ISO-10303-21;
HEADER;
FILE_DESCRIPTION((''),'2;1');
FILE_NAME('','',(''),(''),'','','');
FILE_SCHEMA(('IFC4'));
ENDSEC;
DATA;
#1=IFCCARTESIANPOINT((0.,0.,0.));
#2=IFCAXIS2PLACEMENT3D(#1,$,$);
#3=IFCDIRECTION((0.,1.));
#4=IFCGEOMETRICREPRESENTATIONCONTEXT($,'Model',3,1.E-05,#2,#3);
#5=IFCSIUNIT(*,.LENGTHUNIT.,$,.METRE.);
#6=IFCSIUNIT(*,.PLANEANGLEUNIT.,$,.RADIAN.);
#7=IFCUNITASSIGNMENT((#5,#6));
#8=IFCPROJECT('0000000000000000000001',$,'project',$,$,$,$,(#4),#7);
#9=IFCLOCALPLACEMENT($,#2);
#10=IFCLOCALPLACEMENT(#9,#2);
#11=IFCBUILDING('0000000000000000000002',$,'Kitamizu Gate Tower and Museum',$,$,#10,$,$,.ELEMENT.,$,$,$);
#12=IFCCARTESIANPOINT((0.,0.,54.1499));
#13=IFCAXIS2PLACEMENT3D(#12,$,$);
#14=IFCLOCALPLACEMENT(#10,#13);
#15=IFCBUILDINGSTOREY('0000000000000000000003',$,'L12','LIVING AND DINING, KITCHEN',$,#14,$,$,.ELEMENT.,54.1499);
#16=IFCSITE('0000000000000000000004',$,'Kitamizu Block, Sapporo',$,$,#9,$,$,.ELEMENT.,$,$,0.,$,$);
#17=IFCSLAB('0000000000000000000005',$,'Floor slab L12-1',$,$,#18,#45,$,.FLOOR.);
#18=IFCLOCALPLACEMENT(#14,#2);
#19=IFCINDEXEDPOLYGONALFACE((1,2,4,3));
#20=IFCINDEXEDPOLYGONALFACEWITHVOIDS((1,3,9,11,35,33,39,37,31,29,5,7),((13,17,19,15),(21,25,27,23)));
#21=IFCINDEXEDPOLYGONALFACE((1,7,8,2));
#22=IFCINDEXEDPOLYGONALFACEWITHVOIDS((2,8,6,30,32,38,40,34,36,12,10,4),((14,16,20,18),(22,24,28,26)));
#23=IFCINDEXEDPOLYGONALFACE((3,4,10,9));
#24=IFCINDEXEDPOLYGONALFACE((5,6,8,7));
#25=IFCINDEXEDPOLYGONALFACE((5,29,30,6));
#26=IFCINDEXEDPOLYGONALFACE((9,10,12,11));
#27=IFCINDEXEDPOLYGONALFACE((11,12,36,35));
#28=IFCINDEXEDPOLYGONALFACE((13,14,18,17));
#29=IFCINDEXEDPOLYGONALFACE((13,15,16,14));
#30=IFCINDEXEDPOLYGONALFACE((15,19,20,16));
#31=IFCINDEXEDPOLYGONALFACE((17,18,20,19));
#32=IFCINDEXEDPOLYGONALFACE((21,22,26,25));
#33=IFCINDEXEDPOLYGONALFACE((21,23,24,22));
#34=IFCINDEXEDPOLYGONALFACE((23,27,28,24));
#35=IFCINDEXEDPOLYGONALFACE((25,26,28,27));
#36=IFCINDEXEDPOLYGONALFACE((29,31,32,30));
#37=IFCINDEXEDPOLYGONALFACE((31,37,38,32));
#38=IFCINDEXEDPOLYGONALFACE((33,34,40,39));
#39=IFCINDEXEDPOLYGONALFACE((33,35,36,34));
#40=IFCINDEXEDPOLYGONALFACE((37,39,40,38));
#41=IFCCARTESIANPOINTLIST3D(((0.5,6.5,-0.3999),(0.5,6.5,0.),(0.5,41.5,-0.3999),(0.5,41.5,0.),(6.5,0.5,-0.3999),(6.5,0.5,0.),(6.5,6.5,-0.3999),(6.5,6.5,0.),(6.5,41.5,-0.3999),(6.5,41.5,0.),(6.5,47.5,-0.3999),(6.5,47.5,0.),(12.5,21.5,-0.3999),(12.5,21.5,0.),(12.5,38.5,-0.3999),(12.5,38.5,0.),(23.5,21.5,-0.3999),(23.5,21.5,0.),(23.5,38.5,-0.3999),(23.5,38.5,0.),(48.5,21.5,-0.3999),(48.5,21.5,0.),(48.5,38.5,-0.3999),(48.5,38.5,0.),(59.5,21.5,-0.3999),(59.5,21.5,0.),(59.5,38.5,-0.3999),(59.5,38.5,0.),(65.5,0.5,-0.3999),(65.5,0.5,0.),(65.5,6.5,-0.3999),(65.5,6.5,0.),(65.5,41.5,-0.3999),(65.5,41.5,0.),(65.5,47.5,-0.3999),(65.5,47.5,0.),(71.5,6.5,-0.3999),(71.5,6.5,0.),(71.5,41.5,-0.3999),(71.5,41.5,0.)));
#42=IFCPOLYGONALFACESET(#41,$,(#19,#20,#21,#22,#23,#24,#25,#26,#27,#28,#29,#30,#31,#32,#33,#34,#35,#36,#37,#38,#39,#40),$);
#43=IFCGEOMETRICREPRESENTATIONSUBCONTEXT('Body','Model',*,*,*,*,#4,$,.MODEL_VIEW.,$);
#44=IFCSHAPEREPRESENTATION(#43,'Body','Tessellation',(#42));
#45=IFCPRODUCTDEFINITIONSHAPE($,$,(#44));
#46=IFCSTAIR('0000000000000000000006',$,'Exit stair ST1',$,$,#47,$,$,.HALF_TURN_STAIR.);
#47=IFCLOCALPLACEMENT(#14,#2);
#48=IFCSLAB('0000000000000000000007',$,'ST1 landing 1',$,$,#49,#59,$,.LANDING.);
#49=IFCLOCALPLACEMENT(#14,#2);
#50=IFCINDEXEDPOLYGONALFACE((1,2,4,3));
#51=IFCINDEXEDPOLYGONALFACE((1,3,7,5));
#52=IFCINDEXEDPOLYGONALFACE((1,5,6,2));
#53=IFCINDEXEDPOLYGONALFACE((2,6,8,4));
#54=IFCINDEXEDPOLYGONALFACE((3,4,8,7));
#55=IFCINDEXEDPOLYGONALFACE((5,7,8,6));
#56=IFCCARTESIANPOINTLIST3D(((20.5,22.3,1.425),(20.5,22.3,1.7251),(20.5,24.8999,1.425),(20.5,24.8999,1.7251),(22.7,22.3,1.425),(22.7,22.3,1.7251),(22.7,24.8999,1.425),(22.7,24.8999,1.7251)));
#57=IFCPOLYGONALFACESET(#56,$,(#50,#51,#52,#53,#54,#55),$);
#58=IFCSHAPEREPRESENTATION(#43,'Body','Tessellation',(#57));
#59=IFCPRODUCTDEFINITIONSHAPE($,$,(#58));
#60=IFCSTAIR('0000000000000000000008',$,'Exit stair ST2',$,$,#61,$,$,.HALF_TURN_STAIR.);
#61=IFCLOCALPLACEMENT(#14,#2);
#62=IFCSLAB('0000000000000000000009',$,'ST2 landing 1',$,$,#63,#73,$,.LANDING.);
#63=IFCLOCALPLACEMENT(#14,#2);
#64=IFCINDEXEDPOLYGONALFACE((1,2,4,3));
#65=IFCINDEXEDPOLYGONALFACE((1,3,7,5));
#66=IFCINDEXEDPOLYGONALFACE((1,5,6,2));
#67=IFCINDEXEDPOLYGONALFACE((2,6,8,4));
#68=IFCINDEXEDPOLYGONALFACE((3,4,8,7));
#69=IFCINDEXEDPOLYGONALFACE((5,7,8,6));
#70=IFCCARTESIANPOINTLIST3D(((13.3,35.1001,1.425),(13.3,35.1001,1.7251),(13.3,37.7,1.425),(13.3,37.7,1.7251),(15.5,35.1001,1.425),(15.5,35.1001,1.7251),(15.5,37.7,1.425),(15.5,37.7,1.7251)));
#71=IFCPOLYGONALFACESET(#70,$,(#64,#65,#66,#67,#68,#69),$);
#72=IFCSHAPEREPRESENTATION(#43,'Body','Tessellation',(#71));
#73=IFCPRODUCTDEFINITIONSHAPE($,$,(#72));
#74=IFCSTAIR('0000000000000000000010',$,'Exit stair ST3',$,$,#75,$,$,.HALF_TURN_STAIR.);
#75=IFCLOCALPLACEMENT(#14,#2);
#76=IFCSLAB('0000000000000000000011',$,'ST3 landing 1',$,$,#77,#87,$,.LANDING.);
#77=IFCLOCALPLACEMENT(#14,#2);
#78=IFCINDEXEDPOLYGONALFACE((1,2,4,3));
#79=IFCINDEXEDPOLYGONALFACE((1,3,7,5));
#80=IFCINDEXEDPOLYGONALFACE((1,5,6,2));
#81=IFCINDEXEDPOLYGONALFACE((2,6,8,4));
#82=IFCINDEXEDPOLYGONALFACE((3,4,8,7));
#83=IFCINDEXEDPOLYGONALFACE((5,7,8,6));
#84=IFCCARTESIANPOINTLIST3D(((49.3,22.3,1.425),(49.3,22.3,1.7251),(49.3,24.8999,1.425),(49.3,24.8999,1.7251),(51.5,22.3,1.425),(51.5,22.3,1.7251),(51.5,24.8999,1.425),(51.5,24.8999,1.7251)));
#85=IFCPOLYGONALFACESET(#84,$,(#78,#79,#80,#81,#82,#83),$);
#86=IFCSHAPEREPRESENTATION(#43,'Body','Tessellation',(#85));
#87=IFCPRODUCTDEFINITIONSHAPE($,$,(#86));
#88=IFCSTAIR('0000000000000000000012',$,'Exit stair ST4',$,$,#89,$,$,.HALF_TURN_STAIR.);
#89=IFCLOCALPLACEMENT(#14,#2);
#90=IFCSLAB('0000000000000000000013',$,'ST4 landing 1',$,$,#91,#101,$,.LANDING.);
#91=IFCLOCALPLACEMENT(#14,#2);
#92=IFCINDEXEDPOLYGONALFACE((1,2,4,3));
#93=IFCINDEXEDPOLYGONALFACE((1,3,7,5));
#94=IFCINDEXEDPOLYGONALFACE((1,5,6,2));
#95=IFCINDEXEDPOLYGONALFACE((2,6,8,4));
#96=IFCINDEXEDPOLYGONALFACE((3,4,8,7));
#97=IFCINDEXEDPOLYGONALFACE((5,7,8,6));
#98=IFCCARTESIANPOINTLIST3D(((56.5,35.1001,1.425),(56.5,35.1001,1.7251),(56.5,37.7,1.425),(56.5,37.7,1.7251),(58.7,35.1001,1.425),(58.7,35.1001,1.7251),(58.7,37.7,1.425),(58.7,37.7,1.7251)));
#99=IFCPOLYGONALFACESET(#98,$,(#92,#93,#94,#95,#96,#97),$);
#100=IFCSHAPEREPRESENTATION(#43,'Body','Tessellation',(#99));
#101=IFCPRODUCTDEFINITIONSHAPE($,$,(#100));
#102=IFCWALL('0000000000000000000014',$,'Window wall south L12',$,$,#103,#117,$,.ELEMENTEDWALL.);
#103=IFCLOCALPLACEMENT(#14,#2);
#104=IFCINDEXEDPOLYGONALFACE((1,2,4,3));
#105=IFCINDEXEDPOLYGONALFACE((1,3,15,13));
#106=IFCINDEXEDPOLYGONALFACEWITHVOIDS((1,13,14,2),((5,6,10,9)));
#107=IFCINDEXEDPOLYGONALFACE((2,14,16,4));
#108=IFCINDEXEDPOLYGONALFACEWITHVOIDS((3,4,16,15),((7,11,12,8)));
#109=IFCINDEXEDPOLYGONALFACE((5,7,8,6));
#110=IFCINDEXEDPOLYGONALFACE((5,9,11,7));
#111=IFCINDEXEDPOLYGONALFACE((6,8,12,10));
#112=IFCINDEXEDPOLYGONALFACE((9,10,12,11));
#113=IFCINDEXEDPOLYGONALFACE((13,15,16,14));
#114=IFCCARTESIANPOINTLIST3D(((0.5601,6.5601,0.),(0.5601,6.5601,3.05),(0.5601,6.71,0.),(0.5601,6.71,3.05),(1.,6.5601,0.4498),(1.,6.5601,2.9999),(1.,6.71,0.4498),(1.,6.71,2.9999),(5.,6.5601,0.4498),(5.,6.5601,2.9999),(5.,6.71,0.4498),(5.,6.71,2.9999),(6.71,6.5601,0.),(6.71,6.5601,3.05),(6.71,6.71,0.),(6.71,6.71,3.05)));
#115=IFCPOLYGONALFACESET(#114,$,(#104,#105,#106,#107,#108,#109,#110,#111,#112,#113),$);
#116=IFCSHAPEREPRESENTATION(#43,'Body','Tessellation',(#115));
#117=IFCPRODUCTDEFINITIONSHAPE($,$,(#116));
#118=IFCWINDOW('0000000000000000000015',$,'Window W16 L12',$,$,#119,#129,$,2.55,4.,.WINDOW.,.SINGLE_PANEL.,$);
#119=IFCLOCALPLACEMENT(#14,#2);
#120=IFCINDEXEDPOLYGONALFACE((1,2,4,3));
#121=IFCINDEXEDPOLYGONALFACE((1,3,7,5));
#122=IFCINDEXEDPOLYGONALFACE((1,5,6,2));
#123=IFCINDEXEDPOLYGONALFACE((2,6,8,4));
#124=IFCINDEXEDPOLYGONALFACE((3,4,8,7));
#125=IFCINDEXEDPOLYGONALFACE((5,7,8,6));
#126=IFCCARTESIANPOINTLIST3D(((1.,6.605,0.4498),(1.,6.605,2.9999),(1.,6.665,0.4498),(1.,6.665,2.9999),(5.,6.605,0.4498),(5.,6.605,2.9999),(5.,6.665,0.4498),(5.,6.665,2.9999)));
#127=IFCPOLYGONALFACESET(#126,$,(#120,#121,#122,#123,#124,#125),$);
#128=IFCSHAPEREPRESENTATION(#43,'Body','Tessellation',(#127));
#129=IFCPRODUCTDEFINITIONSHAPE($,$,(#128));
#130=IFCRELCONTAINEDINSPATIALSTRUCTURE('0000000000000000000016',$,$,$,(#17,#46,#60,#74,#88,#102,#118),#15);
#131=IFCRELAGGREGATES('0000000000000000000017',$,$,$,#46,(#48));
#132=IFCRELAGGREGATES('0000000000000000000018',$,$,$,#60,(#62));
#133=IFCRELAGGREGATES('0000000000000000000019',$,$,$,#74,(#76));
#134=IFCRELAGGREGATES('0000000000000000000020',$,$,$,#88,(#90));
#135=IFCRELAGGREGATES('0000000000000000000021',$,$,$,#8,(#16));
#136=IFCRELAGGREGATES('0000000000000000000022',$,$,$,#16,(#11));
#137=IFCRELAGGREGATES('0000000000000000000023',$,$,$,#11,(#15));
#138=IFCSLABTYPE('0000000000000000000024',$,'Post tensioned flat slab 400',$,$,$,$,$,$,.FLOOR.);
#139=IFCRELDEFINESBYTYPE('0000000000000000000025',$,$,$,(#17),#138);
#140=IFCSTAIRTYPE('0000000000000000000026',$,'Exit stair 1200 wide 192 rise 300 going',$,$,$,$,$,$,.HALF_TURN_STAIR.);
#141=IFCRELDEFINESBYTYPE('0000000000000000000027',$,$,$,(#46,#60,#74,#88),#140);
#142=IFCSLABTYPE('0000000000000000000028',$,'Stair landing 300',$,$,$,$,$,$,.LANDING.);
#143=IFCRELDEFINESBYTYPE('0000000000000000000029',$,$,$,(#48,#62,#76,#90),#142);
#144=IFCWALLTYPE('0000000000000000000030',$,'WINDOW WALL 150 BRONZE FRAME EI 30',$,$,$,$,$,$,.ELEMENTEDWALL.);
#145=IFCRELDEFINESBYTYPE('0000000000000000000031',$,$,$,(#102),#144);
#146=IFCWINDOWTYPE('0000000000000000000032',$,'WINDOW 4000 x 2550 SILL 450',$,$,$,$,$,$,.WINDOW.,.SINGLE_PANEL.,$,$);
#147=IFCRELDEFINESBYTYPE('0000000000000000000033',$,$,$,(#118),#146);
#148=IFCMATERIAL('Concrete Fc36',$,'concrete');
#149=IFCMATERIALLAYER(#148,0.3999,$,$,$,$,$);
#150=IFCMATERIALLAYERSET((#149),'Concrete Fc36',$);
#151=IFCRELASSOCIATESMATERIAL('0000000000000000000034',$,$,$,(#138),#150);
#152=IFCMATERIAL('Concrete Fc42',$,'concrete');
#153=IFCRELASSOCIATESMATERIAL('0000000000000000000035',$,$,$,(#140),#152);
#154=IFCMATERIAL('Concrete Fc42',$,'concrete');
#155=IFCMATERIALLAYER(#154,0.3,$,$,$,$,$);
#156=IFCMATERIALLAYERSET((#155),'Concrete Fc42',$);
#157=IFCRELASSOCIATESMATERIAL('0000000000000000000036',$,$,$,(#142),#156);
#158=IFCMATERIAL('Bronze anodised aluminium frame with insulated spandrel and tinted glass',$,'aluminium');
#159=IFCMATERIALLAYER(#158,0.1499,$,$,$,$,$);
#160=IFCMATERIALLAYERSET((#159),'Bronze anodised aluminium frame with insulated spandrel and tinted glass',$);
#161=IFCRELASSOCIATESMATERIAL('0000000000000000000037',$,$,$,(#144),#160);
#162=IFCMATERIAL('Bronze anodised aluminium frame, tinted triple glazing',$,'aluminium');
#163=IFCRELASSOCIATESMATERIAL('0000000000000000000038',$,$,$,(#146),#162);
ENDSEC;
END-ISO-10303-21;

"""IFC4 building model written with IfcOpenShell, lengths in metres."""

from ifc_helpers import new_model, si_unit, direction, frame, frame_2d, origin, place, context, subcontext, project, spatial, polyline, rectangle, outline, extrude, material, layer, layer_set, type_object, element, fill, aggregate, save


model = new_model("IFC4")

# Units and contexts
model_context = context("Model", 3, precision=1e-05, world=origin(), true_north=direction((0.0, 1.0)))
body_context = subcontext(model_context, "Body", "Model", "MODEL_VIEW")
ifc_project = project(units=[si_unit("LENGTHUNIT", "METRE"), si_unit("PLANEANGLEUNIT", "RADIAN")], contexts=[model_context])

# Site, building, storey
site_placement = place(None, origin())
site = spatial("IfcSite", under=ifc_project, at=site_placement, Name="Kitamizu Block, Sapporo", CompositionType="ELEMENT", RefElevation=0.0)
building_placement = place(site_placement, origin())
building = spatial("IfcBuilding", under=site, at=building_placement, Name="Kitamizu Gate Tower and Museum", CompositionType="ELEMENT")
storey_placement = place(building_placement, frame((0.0, 0.0, 54.1499)))
storey = spatial("IfcBuildingStorey", under=building, at=storey_placement, Name="L12", Description="LIVING AND DINING, KITCHEN", CompositionType="ELEMENT", Elevation=54.1499)

# Slab
ifc_material_1 = material(Name="Concrete Fc36", Category="concrete")
ifc_layer_1 = layer(ifc_material_1, 0.3999)
ifc_layer_set_1 = layer_set([ifc_layer_1], Name="Concrete Fc36")
slab_type_1 = type_object("IfcSlabType", Name="Post tensioned flat slab 400", PredefinedType="FLOOR", material=ifc_layer_set_1)
slab_1_placement = place(storey_placement, frame((0.0, 0.0, -0.3999)))
element("IfcSlab", 1, at=slab_1_placement, inside=storey, type_object=slab_type_1, Name="Floor slab L12-1", PredefinedType="FLOOR", context=body_context, shape_type="SweptSolid", body=[
    extrude(outline(polyline([(0.5, 6.5), (0.5, 41.5), (6.5, 41.5), (6.5, 47.5), (65.5, 47.5), (65.5, 41.5), (71.5, 41.5), (71.5, 6.5), (65.5, 6.5), (65.5, 0.5), (6.5, 0.5), (6.5, 6.5), (0.5, 6.5)]), holes=[polyline([(59.5, 38.5), (48.5, 38.5), (48.5, 21.5), (59.5, 21.5), (59.5, 38.5)]), polyline([(12.5, 38.5), (12.5, 21.5), (23.5, 21.5), (23.5, 38.5), (12.5, 38.5)])]), origin(), (0.0, 0.0, 1.0), 0.3999),
])

# Stairs, slabs
ifc_material_2 = material(Name="Concrete Fc42", Category="concrete")
stair_type = type_object("IfcStairType", Name="Exit stair 1200 wide 192 rise 300 going", PredefinedType="HALF_TURN_STAIR", material=ifc_material_2)
stair_1_placement = place(storey_placement, origin())
stair_1 = element("IfcStair", 2, at=stair_1_placement, inside=storey, type_object=stair_type, Name="Exit stair ST1", PredefinedType="HALF_TURN_STAIR")
ifc_material_3 = material(Name="Concrete Fc42", Category="concrete")
ifc_layer_2 = layer(ifc_material_3, 0.3)
ifc_layer_set_2 = layer_set([ifc_layer_2], Name="Concrete Fc42")
slab_type_2 = type_object("IfcSlabType", Name="Stair landing 300", PredefinedType="LANDING", material=ifc_layer_set_2)
slab_2_placement = place(storey_placement, frame((0.0, 0.0, 1.425)))
slab_2 = element("IfcSlab", 3, at=slab_2_placement, type_object=slab_type_2, Name="ST1 landing 1", PredefinedType="LANDING", context=body_context, shape_type="SweptSolid", body=[
    extrude(outline(polyline([(20.5, 22.3), (22.7, 22.3), (22.7, 24.8999), (20.5, 24.8999), (20.5, 22.3)])), origin(), (0.0, 0.0, 1.0), 0.3),
])
aggregate(stair_1, [slab_2])
stair_2_placement = place(storey_placement, origin())
stair_2 = element("IfcStair", 4, at=stair_2_placement, inside=storey, type_object=stair_type, Name="Exit stair ST2", PredefinedType="HALF_TURN_STAIR")
slab_3_placement = place(storey_placement, frame((0.0, 0.0, 1.425)))
slab_3 = element("IfcSlab", 5, at=slab_3_placement, type_object=slab_type_2, Name="ST2 landing 1", PredefinedType="LANDING", context=body_context, shape_type="SweptSolid", body=[
    extrude(outline(polyline([(13.3, 35.1001), (15.5, 35.1001), (15.5, 37.7), (13.3, 37.7), (13.3, 35.1001)])), origin(), (0.0, 0.0, 1.0), 0.3),
])
aggregate(stair_2, [slab_3])
stair_3_placement = place(storey_placement, origin())
stair_3 = element("IfcStair", 6, at=stair_3_placement, inside=storey, type_object=stair_type, Name="Exit stair ST3", PredefinedType="HALF_TURN_STAIR")
slab_4_placement = place(storey_placement, frame((0.0, 0.0, 1.425)))
slab_4 = element("IfcSlab", 7, at=slab_4_placement, type_object=slab_type_2, Name="ST3 landing 1", PredefinedType="LANDING", context=body_context, shape_type="SweptSolid", body=[
    extrude(outline(polyline([(49.3, 22.3), (51.5, 22.3), (51.5, 24.8999), (49.3, 24.8999), (49.3, 22.3)])), origin(), (0.0, 0.0, 1.0), 0.3),
])
aggregate(stair_3, [slab_4])
stair_4_placement = place(storey_placement, origin())
stair_4 = element("IfcStair", 8, at=stair_4_placement, inside=storey, type_object=stair_type, Name="Exit stair ST4", PredefinedType="HALF_TURN_STAIR")
slab_5_placement = place(storey_placement, frame((0.0, 0.0, 1.425)))
slab_5 = element("IfcSlab", 9, at=slab_5_placement, type_object=slab_type_2, Name="ST4 landing 1", PredefinedType="LANDING", context=body_context, shape_type="SweptSolid", body=[
    extrude(outline(polyline([(56.5, 35.1001), (58.7, 35.1001), (58.7, 37.7), (56.5, 37.7), (56.5, 35.1001)])), origin(), (0.0, 0.0, 1.0), 0.3),
])
aggregate(stair_4, [slab_5])

# Shared definitions
ifc_material_4 = material(Name="Bronze anodised aluminium frame with insulated spandrel and tinted glass", Category="aluminium")
ifc_layer_3 = layer(ifc_material_4, 0.1499)
ifc_layer_set_3 = layer_set([ifc_layer_3], Name="Bronze anodised aluminium frame with insulated spandrel and tinted glass")
wall_type = type_object("IfcWallType", Name="WINDOW WALL 150 BRONZE FRAME EI 30", PredefinedType="ELEMENTEDWALL", material=ifc_layer_set_3)

# Wall, opening, window
wall_1_placement = place(storey_placement, frame((0.5601, 6.635, 0.0), z_axis=(0.0, 0.0, 1.0), x_axis=(1.0, 0.0, 0.0)))
wall_1 = element("IfcWall", 10, at=wall_1_placement, inside=storey, type_object=wall_type, Name="Window wall south L12", PredefinedType="ELEMENTEDWALL", context=body_context, shape_type="SweptSolid", body=[
    extrude(rectangle(XDim=6.1499, YDim=0.1499, at=frame_2d((3.075, 0.0))), origin(), (0.0, 0.0, 1.0), 3.05),
])
opening_1_placement = place(wall_1_placement, frame((0.4399, 0.0, 0.45)))
opening_1 = element("IfcOpeningElement", 11, at=opening_1_placement, cuts=wall_1, PredefinedType="OPENING", context=body_context, shape_type="SweptSolid", body=[
    extrude(rectangle(XDim=4.0, YDim=2.55, at=frame_2d((2.0, 1.2749))), frame((0.0, 0.085, 0.0), z_axis=(0.0, -1.0, 0.0), x_axis=(1.0, 0.0, 0.0)), (0.0, 0.0, 1.0), 0.1699),
])
ifc_material_5 = material(Name="Bronze anodised aluminium frame, tinted triple glazing", Category="aluminium")
window_type_1 = type_object("IfcWindowType", Name="WINDOW 4000 x 2550 SILL 450", PartitioningType="SINGLE_PANEL", PredefinedType="WINDOW", material=ifc_material_5)
window_1_placement = place(opening_1_placement, origin())
window_1 = element("IfcWindow", 12, at=window_1_placement, inside=storey, type_object=window_type_1, Name="Window W16 L12", OverallHeight=2.55, OverallWidth=4.0, PartitioningType="SINGLE_PANEL", PredefinedType="WINDOW", context=body_context, shape_type="SweptSolid", body=[
    extrude(rectangle(XDim=4.0, YDim=2.55, at=frame_2d((2.0, 1.2749))), frame((0.0, 0.03, 0.0), z_axis=(0.0, -1.0, 0.0), x_axis=(1.0, 0.0, 0.0)), (0.0, 0.0, 1.0), 0.0601),
])
fill(opening_1, window_1)

save(model, "model.ifc")
